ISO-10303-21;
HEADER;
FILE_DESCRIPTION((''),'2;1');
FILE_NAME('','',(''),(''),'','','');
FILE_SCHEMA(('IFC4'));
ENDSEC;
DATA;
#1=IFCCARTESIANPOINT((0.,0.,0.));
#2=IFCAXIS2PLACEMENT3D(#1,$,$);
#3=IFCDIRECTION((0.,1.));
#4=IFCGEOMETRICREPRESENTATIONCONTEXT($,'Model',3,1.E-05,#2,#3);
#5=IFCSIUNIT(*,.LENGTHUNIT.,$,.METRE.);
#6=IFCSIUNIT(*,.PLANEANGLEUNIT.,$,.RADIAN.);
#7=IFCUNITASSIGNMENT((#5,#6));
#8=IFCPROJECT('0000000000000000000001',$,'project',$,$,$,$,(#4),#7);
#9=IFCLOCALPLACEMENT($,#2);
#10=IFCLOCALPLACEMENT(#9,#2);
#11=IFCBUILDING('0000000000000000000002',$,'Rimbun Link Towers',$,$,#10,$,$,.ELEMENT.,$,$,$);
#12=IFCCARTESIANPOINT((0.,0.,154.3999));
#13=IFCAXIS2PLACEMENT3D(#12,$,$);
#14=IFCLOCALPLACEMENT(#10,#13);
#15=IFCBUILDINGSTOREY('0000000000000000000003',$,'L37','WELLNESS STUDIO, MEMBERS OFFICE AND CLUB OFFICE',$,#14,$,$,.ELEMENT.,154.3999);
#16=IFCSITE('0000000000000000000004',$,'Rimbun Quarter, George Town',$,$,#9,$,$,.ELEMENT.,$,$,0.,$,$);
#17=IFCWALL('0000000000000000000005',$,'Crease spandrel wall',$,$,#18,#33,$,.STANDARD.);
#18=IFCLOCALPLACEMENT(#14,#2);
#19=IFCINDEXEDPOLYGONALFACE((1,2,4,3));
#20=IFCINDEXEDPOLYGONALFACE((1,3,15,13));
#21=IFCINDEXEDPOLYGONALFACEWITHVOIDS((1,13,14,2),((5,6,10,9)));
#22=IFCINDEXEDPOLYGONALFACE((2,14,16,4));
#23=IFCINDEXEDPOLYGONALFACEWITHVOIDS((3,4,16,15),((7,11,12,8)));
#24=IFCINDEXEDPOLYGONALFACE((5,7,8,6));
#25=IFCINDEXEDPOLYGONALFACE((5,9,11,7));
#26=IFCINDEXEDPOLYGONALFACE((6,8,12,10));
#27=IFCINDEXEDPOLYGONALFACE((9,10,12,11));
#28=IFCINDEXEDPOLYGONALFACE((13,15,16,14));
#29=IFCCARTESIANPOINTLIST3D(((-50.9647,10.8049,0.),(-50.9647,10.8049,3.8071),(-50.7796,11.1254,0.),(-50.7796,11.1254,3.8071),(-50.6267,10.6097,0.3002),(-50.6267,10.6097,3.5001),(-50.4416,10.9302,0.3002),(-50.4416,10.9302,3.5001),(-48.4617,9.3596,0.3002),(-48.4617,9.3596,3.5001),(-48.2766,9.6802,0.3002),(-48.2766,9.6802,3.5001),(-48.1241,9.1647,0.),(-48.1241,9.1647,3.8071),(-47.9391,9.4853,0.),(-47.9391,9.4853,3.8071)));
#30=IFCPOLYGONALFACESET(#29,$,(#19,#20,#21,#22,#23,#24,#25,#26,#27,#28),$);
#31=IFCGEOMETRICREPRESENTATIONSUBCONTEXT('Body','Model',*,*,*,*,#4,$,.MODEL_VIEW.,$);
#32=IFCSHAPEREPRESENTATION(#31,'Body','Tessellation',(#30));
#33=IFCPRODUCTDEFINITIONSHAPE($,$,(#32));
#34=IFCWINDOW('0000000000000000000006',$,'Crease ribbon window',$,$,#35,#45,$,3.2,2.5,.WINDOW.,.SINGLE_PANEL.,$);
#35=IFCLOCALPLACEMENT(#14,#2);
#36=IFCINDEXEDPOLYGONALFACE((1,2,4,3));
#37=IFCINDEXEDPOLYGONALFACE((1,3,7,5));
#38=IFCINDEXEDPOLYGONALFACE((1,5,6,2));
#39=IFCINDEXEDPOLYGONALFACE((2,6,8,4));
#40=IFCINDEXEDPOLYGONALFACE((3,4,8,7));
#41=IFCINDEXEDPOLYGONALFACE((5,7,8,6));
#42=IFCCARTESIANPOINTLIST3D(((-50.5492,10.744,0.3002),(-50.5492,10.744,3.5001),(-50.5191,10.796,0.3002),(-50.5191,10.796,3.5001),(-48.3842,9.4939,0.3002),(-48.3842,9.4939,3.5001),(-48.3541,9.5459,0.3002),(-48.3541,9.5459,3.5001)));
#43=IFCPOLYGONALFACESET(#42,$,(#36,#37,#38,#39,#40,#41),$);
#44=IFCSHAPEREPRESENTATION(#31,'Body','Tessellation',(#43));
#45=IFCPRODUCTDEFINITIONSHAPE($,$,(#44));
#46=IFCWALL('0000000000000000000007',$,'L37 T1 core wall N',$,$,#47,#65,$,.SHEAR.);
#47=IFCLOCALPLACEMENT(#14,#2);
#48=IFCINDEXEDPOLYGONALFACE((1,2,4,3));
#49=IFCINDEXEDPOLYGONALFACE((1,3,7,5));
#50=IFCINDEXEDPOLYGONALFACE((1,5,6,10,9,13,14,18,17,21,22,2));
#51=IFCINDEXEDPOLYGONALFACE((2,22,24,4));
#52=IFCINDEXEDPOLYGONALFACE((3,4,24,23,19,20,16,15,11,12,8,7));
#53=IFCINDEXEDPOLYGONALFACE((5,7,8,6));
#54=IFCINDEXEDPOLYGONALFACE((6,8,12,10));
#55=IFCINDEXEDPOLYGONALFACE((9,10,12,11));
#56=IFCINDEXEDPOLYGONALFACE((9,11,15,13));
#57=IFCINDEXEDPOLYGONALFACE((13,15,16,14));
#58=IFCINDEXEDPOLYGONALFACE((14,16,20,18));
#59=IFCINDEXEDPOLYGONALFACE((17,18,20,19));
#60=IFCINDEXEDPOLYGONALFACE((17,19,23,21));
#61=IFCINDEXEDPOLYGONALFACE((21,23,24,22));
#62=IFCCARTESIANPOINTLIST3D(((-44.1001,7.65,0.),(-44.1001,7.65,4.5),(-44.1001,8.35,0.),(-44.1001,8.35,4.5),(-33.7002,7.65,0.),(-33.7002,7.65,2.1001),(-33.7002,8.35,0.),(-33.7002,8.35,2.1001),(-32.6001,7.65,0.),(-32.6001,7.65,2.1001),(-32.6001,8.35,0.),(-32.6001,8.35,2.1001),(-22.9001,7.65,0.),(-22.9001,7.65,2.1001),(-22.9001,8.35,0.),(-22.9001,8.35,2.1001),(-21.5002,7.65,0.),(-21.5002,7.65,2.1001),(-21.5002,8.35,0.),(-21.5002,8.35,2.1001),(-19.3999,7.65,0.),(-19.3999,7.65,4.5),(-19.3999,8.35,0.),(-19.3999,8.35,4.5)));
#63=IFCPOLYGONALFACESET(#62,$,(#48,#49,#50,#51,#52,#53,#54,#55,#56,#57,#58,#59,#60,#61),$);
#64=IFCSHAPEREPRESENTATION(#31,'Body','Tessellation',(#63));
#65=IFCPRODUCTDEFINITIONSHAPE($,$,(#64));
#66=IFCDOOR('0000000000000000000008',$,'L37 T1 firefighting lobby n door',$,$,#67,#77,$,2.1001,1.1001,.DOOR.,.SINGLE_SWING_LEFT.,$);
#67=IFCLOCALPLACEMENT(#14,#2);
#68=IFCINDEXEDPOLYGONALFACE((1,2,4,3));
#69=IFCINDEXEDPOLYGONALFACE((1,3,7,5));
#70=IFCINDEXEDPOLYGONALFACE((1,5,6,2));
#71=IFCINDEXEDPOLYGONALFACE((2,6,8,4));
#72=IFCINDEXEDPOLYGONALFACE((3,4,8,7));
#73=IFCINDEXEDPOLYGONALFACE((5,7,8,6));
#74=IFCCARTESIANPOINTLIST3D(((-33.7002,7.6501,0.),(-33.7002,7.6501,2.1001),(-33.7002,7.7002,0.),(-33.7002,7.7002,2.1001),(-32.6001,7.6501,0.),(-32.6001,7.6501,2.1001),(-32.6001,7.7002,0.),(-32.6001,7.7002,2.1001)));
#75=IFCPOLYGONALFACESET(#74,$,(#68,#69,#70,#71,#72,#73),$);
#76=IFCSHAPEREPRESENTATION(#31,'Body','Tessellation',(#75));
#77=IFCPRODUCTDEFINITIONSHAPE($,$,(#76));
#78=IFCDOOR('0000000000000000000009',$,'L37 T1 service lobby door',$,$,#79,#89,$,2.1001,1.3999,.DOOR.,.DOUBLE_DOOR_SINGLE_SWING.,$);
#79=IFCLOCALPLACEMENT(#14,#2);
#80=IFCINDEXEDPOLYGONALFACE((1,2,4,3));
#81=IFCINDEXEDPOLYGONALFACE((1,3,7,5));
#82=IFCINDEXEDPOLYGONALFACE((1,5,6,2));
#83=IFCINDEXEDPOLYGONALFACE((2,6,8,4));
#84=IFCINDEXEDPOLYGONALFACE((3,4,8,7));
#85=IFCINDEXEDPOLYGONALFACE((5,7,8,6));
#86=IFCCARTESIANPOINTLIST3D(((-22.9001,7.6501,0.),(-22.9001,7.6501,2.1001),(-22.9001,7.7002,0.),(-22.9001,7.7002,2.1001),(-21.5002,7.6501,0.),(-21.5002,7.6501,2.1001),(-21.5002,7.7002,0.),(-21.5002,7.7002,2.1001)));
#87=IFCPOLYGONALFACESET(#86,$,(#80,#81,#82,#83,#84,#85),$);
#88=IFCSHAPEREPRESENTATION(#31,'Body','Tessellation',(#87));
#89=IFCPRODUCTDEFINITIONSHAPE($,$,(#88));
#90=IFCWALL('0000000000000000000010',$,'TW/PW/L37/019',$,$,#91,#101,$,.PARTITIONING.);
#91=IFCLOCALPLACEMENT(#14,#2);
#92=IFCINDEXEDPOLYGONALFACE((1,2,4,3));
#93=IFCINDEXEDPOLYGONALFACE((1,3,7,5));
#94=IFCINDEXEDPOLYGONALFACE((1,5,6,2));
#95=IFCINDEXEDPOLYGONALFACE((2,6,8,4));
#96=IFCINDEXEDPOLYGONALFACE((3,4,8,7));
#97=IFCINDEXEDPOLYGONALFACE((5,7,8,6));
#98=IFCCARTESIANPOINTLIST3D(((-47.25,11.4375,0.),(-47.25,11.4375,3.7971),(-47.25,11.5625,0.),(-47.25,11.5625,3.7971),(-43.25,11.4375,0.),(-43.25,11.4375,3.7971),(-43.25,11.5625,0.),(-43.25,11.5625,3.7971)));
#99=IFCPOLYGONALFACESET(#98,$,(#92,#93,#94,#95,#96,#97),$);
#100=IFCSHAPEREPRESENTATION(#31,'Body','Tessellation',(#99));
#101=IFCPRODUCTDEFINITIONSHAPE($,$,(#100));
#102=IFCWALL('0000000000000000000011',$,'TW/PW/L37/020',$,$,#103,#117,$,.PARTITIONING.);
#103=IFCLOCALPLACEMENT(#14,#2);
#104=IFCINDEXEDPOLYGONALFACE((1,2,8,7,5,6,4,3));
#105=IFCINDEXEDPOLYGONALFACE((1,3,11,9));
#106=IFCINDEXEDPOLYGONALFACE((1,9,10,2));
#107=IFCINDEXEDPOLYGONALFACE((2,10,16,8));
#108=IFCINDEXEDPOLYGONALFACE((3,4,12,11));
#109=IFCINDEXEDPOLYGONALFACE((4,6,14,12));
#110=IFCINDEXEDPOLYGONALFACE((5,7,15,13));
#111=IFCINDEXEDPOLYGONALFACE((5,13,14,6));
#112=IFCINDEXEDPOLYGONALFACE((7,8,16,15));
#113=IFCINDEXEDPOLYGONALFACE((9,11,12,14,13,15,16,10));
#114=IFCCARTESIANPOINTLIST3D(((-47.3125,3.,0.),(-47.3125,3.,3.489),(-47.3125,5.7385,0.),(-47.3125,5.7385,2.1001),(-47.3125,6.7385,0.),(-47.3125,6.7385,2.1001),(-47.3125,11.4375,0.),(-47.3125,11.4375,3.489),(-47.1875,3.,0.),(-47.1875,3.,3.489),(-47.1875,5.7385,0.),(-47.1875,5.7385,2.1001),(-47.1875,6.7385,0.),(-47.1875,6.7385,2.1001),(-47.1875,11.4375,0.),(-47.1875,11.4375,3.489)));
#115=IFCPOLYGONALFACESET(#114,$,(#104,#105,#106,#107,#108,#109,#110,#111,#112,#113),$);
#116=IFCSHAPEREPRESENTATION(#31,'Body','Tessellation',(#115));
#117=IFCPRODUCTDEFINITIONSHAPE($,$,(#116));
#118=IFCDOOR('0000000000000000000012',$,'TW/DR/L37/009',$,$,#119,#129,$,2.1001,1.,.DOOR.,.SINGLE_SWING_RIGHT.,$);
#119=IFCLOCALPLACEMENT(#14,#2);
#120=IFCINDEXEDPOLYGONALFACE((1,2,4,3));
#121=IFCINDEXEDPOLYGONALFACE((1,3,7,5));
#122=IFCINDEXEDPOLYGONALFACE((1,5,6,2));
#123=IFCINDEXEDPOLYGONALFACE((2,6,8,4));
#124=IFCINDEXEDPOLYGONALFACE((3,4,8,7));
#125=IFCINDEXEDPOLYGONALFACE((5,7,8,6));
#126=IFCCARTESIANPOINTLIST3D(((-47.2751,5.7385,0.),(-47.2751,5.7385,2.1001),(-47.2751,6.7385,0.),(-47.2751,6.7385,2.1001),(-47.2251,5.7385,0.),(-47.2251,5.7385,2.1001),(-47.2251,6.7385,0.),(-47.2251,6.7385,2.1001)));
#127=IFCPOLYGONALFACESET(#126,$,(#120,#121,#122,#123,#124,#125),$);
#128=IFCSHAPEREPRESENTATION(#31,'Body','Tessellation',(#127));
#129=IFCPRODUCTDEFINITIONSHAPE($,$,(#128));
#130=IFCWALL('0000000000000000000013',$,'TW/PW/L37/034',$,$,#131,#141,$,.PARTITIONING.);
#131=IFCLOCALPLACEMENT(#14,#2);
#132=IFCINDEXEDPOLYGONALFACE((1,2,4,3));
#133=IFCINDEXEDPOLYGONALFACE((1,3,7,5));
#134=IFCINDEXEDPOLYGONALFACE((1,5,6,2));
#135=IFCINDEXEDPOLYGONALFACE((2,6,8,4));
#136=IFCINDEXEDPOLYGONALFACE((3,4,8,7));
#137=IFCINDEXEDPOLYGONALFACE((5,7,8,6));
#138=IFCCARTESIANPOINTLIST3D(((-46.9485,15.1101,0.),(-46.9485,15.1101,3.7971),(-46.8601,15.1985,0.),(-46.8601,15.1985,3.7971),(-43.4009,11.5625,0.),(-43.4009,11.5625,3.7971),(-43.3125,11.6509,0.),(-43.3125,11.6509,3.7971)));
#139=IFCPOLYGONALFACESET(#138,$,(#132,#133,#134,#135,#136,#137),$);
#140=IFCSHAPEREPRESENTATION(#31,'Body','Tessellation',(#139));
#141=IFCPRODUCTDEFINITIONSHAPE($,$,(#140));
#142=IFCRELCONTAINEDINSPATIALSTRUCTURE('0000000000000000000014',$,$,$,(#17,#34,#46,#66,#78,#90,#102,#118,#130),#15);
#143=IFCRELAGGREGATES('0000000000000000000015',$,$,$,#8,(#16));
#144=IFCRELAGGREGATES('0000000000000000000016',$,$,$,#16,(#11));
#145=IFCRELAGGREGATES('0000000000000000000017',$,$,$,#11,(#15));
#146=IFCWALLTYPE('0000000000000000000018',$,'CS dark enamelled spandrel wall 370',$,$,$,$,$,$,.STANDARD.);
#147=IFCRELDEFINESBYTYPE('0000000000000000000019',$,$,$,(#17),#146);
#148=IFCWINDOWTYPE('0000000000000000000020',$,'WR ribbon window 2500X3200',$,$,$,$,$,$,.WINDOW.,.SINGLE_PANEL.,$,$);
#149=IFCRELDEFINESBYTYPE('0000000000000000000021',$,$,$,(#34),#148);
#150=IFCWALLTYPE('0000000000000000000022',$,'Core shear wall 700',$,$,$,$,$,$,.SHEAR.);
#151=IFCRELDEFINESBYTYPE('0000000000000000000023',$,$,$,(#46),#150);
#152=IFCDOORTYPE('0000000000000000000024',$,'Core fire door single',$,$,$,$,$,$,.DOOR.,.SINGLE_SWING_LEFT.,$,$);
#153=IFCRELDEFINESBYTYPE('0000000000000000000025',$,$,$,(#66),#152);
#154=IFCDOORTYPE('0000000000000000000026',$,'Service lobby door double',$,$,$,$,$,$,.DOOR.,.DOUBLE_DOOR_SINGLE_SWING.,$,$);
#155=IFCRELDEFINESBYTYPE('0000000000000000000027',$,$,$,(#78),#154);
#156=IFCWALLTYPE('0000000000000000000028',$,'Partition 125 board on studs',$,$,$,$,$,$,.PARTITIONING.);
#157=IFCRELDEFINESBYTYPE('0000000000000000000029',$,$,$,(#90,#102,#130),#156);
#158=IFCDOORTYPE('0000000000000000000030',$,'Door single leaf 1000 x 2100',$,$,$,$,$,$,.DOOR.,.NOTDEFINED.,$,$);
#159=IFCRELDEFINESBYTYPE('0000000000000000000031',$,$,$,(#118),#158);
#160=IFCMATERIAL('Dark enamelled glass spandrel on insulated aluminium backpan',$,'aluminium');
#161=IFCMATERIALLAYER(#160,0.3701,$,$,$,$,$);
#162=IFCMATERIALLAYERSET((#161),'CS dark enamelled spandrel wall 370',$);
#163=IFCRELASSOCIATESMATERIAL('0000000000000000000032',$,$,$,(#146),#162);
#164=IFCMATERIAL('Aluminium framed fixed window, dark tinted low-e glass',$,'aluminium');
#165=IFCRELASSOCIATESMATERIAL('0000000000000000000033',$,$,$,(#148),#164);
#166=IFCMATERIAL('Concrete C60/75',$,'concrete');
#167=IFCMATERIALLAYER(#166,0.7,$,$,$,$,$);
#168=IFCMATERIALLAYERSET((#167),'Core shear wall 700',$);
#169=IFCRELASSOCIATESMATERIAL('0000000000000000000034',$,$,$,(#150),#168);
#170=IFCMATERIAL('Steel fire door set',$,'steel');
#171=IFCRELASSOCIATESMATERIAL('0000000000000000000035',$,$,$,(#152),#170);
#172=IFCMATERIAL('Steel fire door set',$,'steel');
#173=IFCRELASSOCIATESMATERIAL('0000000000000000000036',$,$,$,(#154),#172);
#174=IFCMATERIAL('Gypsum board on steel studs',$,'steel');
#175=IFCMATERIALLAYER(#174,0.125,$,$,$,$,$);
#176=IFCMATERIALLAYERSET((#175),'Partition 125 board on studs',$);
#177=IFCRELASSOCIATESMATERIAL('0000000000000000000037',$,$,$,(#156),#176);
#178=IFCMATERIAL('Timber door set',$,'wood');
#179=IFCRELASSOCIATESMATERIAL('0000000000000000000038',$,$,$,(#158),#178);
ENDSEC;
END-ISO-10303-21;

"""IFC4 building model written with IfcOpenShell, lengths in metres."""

from ifc_helpers import new_model, si_unit, direction, frame, frame_2d, origin, place, context, subcontext, project, spatial, rectangle, extrude, material, layer, layer_set, type_object, element, fill, save


model = new_model("IFC4")

# Units and contexts
model_context = context("Model", 3, precision=1e-05, world=origin(), true_north=direction((0.0, 1.0)))
body_context = subcontext(model_context, "Body", "Model", "MODEL_VIEW")
ifc_project = project(units=[si_unit("LENGTHUNIT", "METRE"), si_unit("PLANEANGLEUNIT", "RADIAN")], contexts=[model_context])

# Site, building, storey
site_placement = place(None, origin())
site = spatial("IfcSite", under=ifc_project, at=site_placement, Name="Rimbun Quarter, George Town", CompositionType="ELEMENT", RefElevation=0.0)
building_placement = place(site_placement, origin())
building = spatial("IfcBuilding", under=site, at=building_placement, Name="Rimbun Link Towers", CompositionType="ELEMENT")
storey_placement = place(building_placement, frame((0.0, 0.0, 154.3999)))
storey = spatial("IfcBuildingStorey", under=building, at=storey_placement, Name="L37", Description="WELLNESS STUDIO, MEMBERS OFFICE AND CLUB OFFICE", CompositionType="ELEMENT", Elevation=154.3999)

# Wall, opening, window
ifc_material_1 = material(Name="Dark enamelled glass spandrel on insulated aluminium backpan", Category="aluminium")
ifc_layer_1 = layer(ifc_material_1, 0.3701)
ifc_layer_set_1 = layer_set([ifc_layer_1], Name="CS dark enamelled spandrel wall 370")
wall_type_1 = type_object("IfcWallType", Name="CS dark enamelled spandrel wall 370", PredefinedType="STANDARD", material=ifc_layer_set_1)
wall_1_placement = place(storey_placement, frame((-48.0315, 9.325, 0.0), z_axis=(0.0, 0.0, 1.0), x_axis=(-0.866008, 0.50003, 0.0)))
wall_1 = element("IfcWall", 1, at=wall_1_placement, inside=storey, type_object=wall_type_1, Name="Crease spandrel wall", PredefinedType="STANDARD", context=body_context, shape_type="SweptSolid", body=[
    extrude(rectangle(XDim=3.28, YDim=0.3701, at=frame_2d((1.6401, 0.0))), origin(), (0.0, 0.0, 1.0), 3.8071),
])
opening_1_placement = place(wall_1_placement, frame((0.3899, 0.0, 0.3)))
opening_1 = element("IfcOpeningElement", 2, at=opening_1_placement, cuts=wall_1, PredefinedType="OPENING", context=body_context, shape_type="SweptSolid", body=[
    extrude(rectangle(XDim=2.5, YDim=3.2, at=frame_2d((1.25, 1.6001))), frame((0.0, 0.1951, 0.0), z_axis=(0.0, -1.0, 0.0), x_axis=(1.0, 0.0, 0.0)), (0.0, 0.0, 1.0), 0.3901),
])
ifc_material_2 = material(Name="Aluminium framed fixed window, dark tinted low-e glass", Category="aluminium")
window_type = type_object("IfcWindowType", Name="WR ribbon window 2500X3200", PartitioningType="SINGLE_PANEL", PredefinedType="WINDOW", material=ifc_material_2)
window_placement = place(opening_1_placement, origin())
window = element("IfcWindow", 3, at=window_placement, inside=storey, type_object=window_type, Name="Crease ribbon window", OverallHeight=3.2, OverallWidth=2.5, PartitioningType="SINGLE_PANEL", PredefinedType="WINDOW", context=body_context, shape_type="SweptSolid", body=[
    extrude(rectangle(XDim=2.5, YDim=3.2, at=frame_2d((1.25, 1.6001))), frame((0.0, 0.03, 0.0), z_axis=(0.0, -1.0, 0.0), x_axis=(1.0, 0.0, 0.0)), (0.0, 0.0, 1.0), 0.0601),
])
fill(opening_1, window)

# Wall, openings, doors
ifc_material_3 = material(Name="Concrete C60/75", Category="concrete")
ifc_layer_2 = layer(ifc_material_3, 0.7)
ifc_layer_set_2 = layer_set([ifc_layer_2], Name="Core shear wall 700")
wall_type_2 = type_object("IfcWallType", Name="Core shear wall 700", PredefinedType="SHEAR", material=ifc_layer_set_2)
wall_2_placement = place(storey_placement, frame((-44.1001, 8.0, 0.0), z_axis=(0.0, 0.0, 1.0), x_axis=(1.0, 0.0, 0.0)))
wall_2 = element("IfcWall", 4, at=wall_2_placement, inside=storey, type_object=wall_type_2, Name="L37 T1 core wall N", PredefinedType="SHEAR", context=body_context, shape_type="SweptSolid", body=[
    extrude(rectangle(XDim=24.7002, YDim=0.7, at=frame_2d((12.3501, 0.0))), origin(), (0.0, 0.0, 1.0), 4.5),
])
opening_2_placement = place(wall_2_placement, frame((10.3999, 0.0, 0.0)))
opening_2 = element("IfcOpeningElement", 5, at=opening_2_placement, cuts=wall_2, PredefinedType="OPENING", context=body_context, shape_type="SweptSolid", body=[
    extrude(rectangle(XDim=1.1001, YDim=2.1001, at=frame_2d((0.55, 1.05))), frame((0.0, 0.3599, 0.0), z_axis=(0.0, -1.0, 0.0), x_axis=(1.0, 0.0, 0.0)), (0.0, 0.0, 1.0), 0.72),
])
opening_3_placement = place(wall_2_placement, frame((21.2, 0.0, 0.0)))
opening_3 = element("IfcOpeningElement", 6, at=opening_3_placement, cuts=wall_2, PredefinedType="OPENING", context=body_context, shape_type="SweptSolid", body=[
    extrude(rectangle(XDim=1.3999, YDim=2.1001, at=frame_2d((0.7, 1.05))), frame((0.0, 0.3599, 0.0), z_axis=(0.0, -1.0, 0.0), x_axis=(1.0, 0.0, 0.0)), (0.0, 0.0, 1.0), 0.72),
])
ifc_material_4 = material(Name="Steel fire door set", Category="steel")
door_type_1 = type_object("IfcDoorType", Name="Core fire door single", OperationType="SINGLE_SWING_LEFT", PredefinedType="DOOR", material=ifc_material_4)
door_1_placement = place(opening_2_placement, origin())
door_1 = element("IfcDoor", 7, at=door_1_placement, inside=storey, type_object=door_type_1, Name="L37 T1 firefighting lobby n door", OperationType="SINGLE_SWING_LEFT", OverallHeight=2.1001, OverallWidth=1.1001, PredefinedType="DOOR", context=body_context, shape_type="SweptSolid", body=[
    extrude(rectangle(XDim=1.1001, YDim=2.1001, at=frame_2d((0.55, 1.05))), frame((0.0, -0.2998, 0.0), z_axis=(0.0, -1.0, 0.0), x_axis=(1.0, 0.0, 0.0)), (0.0, 0.0, 1.0), 0.05),
])
fill(opening_2, door_1)
ifc_material_5 = material(Name="Steel fire door set", Category="steel")
door_type_2 = type_object("IfcDoorType", Name="Service lobby door double", OperationType="DOUBLE_DOOR_SINGLE_SWING", PredefinedType="DOOR", material=ifc_material_5)
door_2_placement = place(opening_3_placement, origin())
door_2 = element("IfcDoor", 8, at=door_2_placement, inside=storey, type_object=door_type_2, Name="L37 T1 service lobby door", OperationType="DOUBLE_DOOR_SINGLE_SWING", OverallHeight=2.1001, OverallWidth=1.3999, PredefinedType="DOOR", context=body_context, shape_type="SweptSolid", body=[
    extrude(rectangle(XDim=1.3999, YDim=2.1001, at=frame_2d((0.7, 1.05))), frame((0.0, -0.2998, 0.0), z_axis=(0.0, -1.0, 0.0), x_axis=(1.0, 0.0, 0.0)), (0.0, 0.0, 1.0), 0.05),
])
fill(opening_3, door_2)

# Wall
ifc_material_6 = material(Name="Gypsum board on steel studs", Category="steel")
ifc_layer_3 = layer(ifc_material_6, 0.125)
ifc_layer_set_3 = layer_set([ifc_layer_3], Name="Partition 125 board on studs")
wall_type_3 = type_object("IfcWallType", Name="Partition 125 board on studs", PredefinedType="PARTITIONING", material=ifc_layer_set_3)
wall_3_placement = place(storey_placement, frame((-43.25, 11.5, 0.0), z_axis=(0.0, 0.0, 1.0), x_axis=(-1.0, 0.0, 0.0)))
element("IfcWall", 9, at=wall_3_placement, inside=storey, type_object=wall_type_3, Name="TW/PW/L37/019", PredefinedType="PARTITIONING", context=body_context, shape_type="SweptSolid", body=[
    extrude(rectangle(XDim=4.0, YDim=0.125, at=frame_2d((2.0, 0.0))), origin(), (0.0, 0.0, 1.0), 3.7971),
])

# Wall, opening, door
wall_4_placement = place(storey_placement, frame((-47.25, 11.4375, 0.0), z_axis=(0.0, 0.0, 1.0), x_axis=(0.0, -1.0, 0.0)))
wall_4 = element("IfcWall", 10, at=wall_4_placement, inside=storey, type_object=wall_type_3, Name="TW/PW/L37/020", PredefinedType="PARTITIONING", context=body_context, shape_type="SweptSolid", body=[
    extrude(rectangle(XDim=8.4375, YDim=0.125, at=frame_2d((4.2188, 0.0))), origin(), (0.0, 0.0, 1.0), 3.489),
])
opening_4_placement = place(wall_4_placement, frame((4.699, 0.0, 0.0)))
opening_4 = element("IfcOpeningElement", 11, at=opening_4_placement, cuts=wall_4, PredefinedType="OPENING", context=body_context, shape_type="SweptSolid", body=[
    extrude(rectangle(XDim=1.0, YDim=2.1001, at=frame_2d((0.5, 1.05))), frame((0.0, 0.0725, 0.0), z_axis=(0.0, -1.0, 0.0), x_axis=(1.0, 0.0, 0.0)), (0.0, 0.0, 1.0), 0.145),
])
ifc_material_7 = material(Name="Timber door set", Category="wood")
door_type_3 = type_object("IfcDoorType", Name="Door single leaf 1000 x 2100", OperationType="NOTDEFINED", PredefinedType="DOOR", material=ifc_material_7)
door_3_placement = place(opening_4_placement, origin())
door_3 = element("IfcDoor", 12, at=door_3_placement, inside=storey, type_object=door_type_3, Name="TW/DR/L37/009", OperationType="SINGLE_SWING_RIGHT", OverallHeight=2.1001, OverallWidth=1.0, PredefinedType="DOOR", context=body_context, shape_type="SweptSolid", body=[
    extrude(rectangle(XDim=1.0, YDim=2.1001, at=frame_2d((0.5, 1.05))), frame((0.0, 0.0249, 0.0), z_axis=(0.0, -1.0, 0.0), x_axis=(1.0, 0.0, 0.0)), (0.0, 0.0, 1.0), 0.05),
])
fill(opening_4, door_3)

# Wall
wall_5_placement = place(storey_placement, frame((-46.9043, 15.1543, 0.0), z_axis=(0.0, 0.0, 1.0), x_axis=(0.707107, -0.707107, 0.0)))
element("IfcWall", 13, at=wall_5_placement, inside=storey, type_object=wall_type_3, Name="TW/PW/L37/034", PredefinedType="PARTITIONING", context=body_context, shape_type="SweptSolid", body=[
    extrude(rectangle(XDim=5.0171, YDim=0.125, at=frame_2d((2.5085, 0.0))), origin(), (0.0, 0.0, 1.0), 3.7971),
])

save(model, "model.ifc")
